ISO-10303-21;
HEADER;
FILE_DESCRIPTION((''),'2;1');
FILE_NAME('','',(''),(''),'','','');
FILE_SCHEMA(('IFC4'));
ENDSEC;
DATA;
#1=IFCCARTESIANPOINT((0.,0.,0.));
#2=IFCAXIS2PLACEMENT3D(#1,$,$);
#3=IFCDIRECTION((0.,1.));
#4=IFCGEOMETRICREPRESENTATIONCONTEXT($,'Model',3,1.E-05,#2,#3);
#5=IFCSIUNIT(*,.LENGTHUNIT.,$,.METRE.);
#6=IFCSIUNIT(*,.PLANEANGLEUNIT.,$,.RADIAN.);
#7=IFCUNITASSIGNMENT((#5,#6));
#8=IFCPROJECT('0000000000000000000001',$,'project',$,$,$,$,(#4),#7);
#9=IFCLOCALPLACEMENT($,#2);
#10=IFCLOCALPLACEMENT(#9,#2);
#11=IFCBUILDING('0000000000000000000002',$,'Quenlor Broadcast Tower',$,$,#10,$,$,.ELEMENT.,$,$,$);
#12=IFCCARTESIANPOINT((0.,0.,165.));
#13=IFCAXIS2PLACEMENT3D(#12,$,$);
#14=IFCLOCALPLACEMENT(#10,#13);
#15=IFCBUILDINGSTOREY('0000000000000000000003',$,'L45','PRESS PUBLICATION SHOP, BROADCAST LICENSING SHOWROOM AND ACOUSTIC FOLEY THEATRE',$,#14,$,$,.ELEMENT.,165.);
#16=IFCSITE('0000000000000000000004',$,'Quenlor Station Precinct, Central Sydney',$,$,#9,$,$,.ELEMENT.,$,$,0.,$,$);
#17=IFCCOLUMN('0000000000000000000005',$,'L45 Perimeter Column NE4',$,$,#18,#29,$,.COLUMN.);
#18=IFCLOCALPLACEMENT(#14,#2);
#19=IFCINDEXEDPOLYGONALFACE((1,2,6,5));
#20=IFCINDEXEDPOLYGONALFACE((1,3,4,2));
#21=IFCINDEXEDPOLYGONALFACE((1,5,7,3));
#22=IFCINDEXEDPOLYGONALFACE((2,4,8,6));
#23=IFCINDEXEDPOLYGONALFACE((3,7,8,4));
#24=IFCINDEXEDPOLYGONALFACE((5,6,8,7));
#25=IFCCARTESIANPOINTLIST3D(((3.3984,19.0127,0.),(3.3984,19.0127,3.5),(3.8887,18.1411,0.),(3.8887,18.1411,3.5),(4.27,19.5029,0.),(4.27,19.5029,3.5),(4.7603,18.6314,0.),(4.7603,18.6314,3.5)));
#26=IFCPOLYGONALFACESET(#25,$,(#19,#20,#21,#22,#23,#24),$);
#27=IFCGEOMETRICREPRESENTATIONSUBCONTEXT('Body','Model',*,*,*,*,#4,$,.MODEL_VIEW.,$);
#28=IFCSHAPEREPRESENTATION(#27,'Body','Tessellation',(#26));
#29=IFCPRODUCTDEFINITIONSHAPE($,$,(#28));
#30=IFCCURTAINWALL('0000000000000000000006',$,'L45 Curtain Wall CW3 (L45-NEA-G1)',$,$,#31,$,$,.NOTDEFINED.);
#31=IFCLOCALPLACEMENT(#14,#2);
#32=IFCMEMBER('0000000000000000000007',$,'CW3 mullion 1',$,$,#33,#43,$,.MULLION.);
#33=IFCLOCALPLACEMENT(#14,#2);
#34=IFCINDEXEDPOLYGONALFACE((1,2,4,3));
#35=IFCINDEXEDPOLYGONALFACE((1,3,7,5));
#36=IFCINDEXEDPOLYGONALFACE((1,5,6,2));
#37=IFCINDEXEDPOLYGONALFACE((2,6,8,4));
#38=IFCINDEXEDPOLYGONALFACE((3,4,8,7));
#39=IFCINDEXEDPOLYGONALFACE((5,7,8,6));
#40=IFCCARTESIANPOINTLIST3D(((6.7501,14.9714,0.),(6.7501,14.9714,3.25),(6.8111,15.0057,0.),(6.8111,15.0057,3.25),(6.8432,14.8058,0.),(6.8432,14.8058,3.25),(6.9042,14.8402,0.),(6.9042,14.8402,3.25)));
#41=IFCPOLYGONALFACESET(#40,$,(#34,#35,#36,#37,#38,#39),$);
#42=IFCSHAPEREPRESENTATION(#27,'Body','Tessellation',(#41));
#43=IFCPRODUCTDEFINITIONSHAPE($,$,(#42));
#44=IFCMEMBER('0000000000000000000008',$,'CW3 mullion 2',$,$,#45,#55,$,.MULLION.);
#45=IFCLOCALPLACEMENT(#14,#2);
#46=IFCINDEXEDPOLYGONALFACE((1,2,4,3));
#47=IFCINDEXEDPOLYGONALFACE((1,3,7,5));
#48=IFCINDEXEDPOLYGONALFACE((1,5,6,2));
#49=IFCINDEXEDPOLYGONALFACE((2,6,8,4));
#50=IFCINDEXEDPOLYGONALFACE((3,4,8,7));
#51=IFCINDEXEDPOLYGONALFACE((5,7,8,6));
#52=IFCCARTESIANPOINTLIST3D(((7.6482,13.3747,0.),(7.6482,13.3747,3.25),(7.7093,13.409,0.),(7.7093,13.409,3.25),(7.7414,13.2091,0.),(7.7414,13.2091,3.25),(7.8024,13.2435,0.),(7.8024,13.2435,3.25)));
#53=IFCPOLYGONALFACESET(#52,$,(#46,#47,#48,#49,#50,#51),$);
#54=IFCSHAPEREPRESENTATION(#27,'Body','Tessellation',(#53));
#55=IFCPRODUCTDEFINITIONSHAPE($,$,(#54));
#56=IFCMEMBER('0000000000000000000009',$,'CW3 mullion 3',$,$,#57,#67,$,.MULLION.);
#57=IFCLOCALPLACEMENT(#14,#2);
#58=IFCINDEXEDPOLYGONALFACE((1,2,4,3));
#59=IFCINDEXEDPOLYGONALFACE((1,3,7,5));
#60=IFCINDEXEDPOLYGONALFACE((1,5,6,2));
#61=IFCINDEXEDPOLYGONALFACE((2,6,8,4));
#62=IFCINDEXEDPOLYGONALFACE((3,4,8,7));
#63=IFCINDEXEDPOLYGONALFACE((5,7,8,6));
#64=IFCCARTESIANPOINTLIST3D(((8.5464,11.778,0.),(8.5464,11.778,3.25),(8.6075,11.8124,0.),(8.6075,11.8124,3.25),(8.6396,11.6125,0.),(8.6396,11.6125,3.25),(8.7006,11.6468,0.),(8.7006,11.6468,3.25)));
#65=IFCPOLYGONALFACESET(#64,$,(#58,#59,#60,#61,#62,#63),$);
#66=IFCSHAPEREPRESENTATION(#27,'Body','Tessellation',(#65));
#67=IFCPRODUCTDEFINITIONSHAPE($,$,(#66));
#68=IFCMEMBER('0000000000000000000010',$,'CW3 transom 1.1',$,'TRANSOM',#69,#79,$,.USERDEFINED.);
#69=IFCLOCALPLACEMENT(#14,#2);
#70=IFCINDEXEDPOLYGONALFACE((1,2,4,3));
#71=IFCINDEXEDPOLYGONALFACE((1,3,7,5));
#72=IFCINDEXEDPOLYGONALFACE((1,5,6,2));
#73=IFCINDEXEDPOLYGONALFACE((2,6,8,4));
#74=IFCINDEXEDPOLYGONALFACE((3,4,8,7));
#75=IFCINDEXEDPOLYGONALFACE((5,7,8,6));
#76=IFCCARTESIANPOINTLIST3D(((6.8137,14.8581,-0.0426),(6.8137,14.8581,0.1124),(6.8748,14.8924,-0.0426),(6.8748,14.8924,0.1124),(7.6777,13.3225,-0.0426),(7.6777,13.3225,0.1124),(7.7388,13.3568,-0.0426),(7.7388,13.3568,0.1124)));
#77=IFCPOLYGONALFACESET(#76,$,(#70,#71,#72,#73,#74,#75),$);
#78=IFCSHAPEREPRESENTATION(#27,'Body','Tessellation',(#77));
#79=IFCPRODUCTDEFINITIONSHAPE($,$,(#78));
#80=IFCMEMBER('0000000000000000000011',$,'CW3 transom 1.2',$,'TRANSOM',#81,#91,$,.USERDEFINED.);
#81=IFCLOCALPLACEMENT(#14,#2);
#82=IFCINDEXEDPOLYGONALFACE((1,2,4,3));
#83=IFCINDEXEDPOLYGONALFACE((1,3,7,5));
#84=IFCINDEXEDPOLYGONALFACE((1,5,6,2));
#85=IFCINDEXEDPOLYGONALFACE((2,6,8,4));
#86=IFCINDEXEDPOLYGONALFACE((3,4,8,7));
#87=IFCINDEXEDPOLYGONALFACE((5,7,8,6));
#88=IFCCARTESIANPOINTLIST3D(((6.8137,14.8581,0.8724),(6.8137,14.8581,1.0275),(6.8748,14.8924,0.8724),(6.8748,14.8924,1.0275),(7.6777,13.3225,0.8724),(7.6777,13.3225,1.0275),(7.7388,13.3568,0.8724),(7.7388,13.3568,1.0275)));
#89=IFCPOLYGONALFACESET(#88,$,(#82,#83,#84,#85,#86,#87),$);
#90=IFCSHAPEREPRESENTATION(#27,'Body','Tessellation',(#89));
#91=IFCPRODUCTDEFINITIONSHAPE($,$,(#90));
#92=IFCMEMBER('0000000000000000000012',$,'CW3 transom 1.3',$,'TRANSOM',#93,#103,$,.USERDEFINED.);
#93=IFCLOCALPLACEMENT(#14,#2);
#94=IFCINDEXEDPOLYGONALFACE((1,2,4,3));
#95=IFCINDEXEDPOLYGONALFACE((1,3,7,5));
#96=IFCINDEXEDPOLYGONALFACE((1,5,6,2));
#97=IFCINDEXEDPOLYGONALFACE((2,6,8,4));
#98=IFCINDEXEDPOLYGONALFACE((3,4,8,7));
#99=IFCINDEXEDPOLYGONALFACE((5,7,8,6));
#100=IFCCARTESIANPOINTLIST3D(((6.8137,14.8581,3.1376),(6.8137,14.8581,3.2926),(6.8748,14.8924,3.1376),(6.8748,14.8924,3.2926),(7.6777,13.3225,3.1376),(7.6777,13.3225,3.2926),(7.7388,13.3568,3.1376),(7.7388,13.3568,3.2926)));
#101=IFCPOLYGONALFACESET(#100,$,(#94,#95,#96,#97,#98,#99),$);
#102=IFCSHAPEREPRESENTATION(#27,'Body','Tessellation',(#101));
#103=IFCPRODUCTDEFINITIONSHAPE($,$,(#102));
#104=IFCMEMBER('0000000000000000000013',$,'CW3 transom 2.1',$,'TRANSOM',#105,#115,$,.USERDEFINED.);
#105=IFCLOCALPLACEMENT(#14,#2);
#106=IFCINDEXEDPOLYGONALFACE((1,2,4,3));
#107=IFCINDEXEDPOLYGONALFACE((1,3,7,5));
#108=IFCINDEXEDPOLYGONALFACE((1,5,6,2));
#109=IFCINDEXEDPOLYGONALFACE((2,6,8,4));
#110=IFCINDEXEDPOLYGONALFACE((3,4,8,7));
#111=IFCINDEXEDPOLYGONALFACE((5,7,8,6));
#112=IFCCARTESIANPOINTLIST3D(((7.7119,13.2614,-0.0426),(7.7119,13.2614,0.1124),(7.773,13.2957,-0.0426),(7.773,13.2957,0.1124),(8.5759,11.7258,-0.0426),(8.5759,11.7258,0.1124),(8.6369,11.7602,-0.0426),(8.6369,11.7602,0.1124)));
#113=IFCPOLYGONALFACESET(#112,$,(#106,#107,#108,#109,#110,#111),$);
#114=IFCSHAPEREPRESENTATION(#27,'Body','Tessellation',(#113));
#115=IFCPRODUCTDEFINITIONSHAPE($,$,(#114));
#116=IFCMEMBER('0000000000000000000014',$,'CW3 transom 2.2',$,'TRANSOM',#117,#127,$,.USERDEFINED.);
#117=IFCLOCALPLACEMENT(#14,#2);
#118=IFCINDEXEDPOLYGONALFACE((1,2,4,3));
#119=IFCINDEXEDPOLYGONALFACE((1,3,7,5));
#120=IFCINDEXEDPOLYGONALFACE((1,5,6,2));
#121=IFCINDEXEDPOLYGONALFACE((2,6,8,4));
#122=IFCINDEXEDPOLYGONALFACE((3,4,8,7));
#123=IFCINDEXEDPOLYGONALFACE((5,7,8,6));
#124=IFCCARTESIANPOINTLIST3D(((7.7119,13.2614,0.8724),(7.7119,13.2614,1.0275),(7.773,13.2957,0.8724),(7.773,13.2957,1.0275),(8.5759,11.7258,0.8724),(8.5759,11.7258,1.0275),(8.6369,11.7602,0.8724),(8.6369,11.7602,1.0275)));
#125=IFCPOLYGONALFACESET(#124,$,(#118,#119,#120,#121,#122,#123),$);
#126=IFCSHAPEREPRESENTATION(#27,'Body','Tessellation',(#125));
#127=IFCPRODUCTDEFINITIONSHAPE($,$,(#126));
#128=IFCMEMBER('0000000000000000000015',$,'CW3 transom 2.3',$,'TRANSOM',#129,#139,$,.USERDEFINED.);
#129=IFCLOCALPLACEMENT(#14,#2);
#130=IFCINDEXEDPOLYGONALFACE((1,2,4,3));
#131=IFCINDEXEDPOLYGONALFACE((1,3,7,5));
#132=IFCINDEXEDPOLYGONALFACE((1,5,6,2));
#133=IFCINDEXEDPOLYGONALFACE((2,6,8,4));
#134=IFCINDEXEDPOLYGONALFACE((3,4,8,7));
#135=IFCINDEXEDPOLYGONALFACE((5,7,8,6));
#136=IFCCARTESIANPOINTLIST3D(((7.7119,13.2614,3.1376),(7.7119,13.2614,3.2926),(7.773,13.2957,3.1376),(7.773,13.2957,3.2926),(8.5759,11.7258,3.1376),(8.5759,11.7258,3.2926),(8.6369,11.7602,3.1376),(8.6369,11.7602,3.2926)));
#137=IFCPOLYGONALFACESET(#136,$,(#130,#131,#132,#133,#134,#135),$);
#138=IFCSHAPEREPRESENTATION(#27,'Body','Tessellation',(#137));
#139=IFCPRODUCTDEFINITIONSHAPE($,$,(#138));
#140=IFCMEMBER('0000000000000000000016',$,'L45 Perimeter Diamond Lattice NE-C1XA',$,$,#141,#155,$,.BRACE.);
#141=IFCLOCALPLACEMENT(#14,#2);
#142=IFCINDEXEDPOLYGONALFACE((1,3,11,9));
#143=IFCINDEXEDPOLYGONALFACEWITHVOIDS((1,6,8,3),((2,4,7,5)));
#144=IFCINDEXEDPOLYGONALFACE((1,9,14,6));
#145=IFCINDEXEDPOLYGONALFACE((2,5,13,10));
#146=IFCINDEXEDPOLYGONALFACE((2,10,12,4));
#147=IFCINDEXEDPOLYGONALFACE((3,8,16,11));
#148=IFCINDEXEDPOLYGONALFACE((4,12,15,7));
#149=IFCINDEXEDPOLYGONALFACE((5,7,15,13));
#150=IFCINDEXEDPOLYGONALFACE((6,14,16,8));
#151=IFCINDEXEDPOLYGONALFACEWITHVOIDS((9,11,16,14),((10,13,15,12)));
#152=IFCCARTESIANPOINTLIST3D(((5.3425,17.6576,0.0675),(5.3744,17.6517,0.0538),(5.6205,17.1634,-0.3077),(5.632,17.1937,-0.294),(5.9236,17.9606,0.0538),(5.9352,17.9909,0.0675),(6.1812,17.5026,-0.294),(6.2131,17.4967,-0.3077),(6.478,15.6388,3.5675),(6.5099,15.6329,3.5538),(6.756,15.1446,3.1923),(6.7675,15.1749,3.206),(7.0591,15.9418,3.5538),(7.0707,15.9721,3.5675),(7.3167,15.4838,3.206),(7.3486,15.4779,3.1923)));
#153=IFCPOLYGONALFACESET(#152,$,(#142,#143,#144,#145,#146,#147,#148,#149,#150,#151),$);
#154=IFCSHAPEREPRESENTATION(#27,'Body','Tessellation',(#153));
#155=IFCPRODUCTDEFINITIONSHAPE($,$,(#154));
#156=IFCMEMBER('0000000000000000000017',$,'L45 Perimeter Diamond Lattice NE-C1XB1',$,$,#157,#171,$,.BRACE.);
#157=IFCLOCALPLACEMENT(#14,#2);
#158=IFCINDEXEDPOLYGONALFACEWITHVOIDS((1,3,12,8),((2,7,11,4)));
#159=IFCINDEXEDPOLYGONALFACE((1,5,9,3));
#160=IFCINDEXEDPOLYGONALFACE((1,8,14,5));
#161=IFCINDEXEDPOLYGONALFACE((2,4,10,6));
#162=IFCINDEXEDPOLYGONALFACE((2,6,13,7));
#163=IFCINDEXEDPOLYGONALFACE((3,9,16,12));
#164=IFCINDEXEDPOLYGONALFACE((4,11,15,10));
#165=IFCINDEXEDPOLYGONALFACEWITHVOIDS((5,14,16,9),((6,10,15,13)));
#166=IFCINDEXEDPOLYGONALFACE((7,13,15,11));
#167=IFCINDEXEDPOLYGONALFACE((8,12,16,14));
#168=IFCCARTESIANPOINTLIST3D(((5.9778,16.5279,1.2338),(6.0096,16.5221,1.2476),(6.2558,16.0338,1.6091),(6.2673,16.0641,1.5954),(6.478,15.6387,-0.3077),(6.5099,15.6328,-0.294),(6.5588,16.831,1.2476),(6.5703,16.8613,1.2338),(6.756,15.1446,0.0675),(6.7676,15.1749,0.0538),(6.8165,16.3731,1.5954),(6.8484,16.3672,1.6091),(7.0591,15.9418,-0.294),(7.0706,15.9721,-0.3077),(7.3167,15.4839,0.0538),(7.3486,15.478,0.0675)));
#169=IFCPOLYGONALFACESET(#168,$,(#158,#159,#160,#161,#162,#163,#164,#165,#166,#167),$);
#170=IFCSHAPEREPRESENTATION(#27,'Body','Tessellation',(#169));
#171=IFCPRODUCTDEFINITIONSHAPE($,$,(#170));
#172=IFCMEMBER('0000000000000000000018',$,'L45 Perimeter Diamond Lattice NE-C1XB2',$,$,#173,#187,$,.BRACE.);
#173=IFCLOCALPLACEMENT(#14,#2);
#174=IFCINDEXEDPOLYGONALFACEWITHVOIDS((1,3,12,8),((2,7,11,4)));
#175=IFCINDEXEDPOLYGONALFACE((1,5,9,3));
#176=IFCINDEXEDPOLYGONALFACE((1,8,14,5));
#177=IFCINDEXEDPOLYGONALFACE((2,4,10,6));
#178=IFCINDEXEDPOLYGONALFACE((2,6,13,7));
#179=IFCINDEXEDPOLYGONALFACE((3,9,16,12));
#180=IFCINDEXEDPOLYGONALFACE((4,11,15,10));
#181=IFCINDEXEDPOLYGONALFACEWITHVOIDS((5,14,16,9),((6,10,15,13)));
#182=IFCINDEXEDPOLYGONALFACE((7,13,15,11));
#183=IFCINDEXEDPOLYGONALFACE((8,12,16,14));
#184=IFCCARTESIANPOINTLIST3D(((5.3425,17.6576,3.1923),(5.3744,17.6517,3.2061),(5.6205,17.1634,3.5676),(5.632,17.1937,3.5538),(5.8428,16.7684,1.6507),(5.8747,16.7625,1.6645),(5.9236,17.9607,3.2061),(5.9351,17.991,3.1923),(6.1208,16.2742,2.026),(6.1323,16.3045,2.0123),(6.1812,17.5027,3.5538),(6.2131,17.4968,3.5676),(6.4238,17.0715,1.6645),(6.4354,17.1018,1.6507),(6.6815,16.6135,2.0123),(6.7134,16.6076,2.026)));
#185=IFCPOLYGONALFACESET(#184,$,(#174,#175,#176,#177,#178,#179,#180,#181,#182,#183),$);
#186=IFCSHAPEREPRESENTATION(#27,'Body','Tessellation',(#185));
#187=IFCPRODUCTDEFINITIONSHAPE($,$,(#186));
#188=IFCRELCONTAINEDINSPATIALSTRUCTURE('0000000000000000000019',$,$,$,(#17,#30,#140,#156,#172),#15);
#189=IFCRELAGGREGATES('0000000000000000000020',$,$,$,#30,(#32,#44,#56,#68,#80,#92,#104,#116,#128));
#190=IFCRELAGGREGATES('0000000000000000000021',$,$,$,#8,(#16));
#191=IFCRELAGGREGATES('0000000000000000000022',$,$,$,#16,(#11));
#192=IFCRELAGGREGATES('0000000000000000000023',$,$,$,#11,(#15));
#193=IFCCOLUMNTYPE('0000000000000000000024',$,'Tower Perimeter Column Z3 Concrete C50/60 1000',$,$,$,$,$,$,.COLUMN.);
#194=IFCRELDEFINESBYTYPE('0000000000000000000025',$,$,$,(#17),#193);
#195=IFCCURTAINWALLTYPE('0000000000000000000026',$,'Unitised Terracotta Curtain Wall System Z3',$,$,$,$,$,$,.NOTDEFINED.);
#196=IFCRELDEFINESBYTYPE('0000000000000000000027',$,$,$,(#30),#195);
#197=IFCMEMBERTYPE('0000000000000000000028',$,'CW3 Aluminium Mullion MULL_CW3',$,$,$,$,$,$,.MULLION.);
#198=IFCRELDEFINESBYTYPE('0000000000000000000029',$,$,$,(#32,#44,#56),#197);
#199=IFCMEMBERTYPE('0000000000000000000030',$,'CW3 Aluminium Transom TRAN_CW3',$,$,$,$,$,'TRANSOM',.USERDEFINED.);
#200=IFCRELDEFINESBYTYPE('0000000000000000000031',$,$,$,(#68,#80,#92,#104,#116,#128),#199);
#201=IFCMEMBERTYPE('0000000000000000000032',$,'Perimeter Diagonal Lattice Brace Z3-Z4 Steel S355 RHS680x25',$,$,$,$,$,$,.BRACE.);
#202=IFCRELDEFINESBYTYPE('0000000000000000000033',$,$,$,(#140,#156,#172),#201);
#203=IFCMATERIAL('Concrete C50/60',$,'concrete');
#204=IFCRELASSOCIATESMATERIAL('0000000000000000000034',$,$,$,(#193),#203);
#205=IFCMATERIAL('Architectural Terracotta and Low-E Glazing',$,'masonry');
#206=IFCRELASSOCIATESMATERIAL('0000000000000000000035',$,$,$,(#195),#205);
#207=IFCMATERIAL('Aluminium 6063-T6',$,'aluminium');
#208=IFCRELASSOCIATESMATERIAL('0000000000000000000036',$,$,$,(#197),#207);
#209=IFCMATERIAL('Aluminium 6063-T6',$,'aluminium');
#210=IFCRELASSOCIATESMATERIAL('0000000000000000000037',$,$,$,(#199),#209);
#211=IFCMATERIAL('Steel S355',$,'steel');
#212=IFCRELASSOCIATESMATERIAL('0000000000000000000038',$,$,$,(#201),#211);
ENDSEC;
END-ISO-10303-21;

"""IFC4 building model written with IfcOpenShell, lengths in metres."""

from ifc_helpers import new_model, si_unit, direction, frame, origin, origin_2d, place, context, subcontext, project, spatial, rectangle, hollow_rectangle, extrude, material, material_profile, profile_set, type_object, element, aggregate, save


model = new_model("IFC4")

# Units and contexts
model_context = context("Model", 3, precision=1e-05, world=origin(), true_north=direction((0.0, 1.0)))
body_context = subcontext(model_context, "Body", "Model", "MODEL_VIEW")
ifc_project = project(units=[si_unit("LENGTHUNIT", "METRE"), si_unit("PLANEANGLEUNIT", "RADIAN")], contexts=[model_context])

# Site, building, storey
site_placement = place(None, origin())
site = spatial("IfcSite", under=ifc_project, at=site_placement, Name="Quenlor Station Precinct, Central Sydney", CompositionType="ELEMENT", RefElevation=0.0)
building_placement = place(site_placement, origin())
building = spatial("IfcBuilding", under=site, at=building_placement, Name="Quenlor Broadcast Tower", CompositionType="ELEMENT")
storey_placement = place(building_placement, frame((0.0, 0.0, 165.0)))
storey = spatial("IfcBuildingStorey", under=building, at=storey_placement, Name="L45", Description="PRESS PUBLICATION SHOP, BROADCAST LICENSING SHOWROOM AND ACOUSTIC FOLEY THEATRE", CompositionType="ELEMENT", Elevation=165.0)

# Column
ifc_material_1 = material(Name="Concrete C50/60", Category="concrete")
ifc_material_profile_1 = material_profile(ifc_material_1, rectangle(XDim=1.0, YDim=1.0, at=origin_2d()))
ifc_profile_set_1 = profile_set([ifc_material_profile_1], Name="Concrete C50/60 RC1000x1000")
column_type = type_object("IfcColumnType", Name="Tower Perimeter Column Z3 Concrete C50/60 1000", PredefinedType="COLUMN", material=ifc_profile_set_1)
column_placement = place(storey_placement, frame((4.0793, 18.822, 0.0), z_axis=(0.0, 0.0, 1.0), x_axis=(0.871575, 0.490262, 0.0)))
element("IfcColumn", 1, at=column_placement, inside=storey, type_object=column_type, Name="L45 Perimeter Column NE4", PredefinedType="COLUMN", context=body_context, shape_type="SweptSolid", body=[
    extrude(rectangle(XDim=1.0, YDim=1.0, at=origin_2d()), origin(), (0.0, 0.0, 1.0), 3.5),
])

# Curtain wall, members
ifc_material_2 = material(Name="Architectural Terracotta and Low-E Glazing", Category="masonry")
curtain_wall_type = type_object("IfcCurtainWallType", Name="Unitised Terracotta Curtain Wall System Z3", PredefinedType="NOTDEFINED", material=ifc_material_2)
curtain_wall_placement = place(storey_placement, origin())
curtain_wall = element("IfcCurtainWall", 2, at=curtain_wall_placement, inside=storey, type_object=curtain_wall_type, Name="L45 Curtain Wall CW3 (L45-NEA-G1)", PredefinedType="NOTDEFINED")
ifc_material_3 = material(Name="Aluminium 6063-T6", Category="aluminium")
ifc_material_profile_2 = material_profile(ifc_material_3, rectangle(XDim=0.0701, YDim=0.1899, at=origin_2d()))
ifc_profile_set_2 = profile_set([ifc_material_profile_2], Name="Aluminium 6063-T6 MULL70x190")
member_type_1 = type_object("IfcMemberType", Name="CW3 Aluminium Mullion MULL_CW3", PredefinedType="MULLION", material=ifc_profile_set_2)
member_1_placement = place(storey_placement, frame((6.8271, 14.9058, 0.0), z_axis=(0.0, 0.0, 1.0), x_axis=(0.871571, 0.49027, 0.0)))
member_1 = element("IfcMember", 3, at=member_1_placement, type_object=member_type_1, Name="CW3 mullion 1", PredefinedType="MULLION", context=body_context, shape_type="SweptSolid", body=[
    extrude(rectangle(XDim=0.0701, YDim=0.1899, at=origin_2d()), origin(), (0.0, 0.0, 1.0), 3.25),
])
member_2_placement = place(storey_placement, frame((7.7253, 13.3091, 0.0), z_axis=(0.0, 0.0, 1.0), x_axis=(0.871571, 0.49027, 0.0)))
member_2 = element("IfcMember", 4, at=member_2_placement, type_object=member_type_1, Name="CW3 mullion 2", PredefinedType="MULLION", context=body_context, shape_type="SweptSolid", body=[
    extrude(rectangle(XDim=0.0701, YDim=0.1899, at=origin_2d()), origin(), (0.0, 0.0, 1.0), 3.25),
])
member_3_placement = place(storey_placement, frame((8.6235, 11.7124, 0.0), z_axis=(0.0, 0.0, 1.0), x_axis=(0.871571, 0.49027, 0.0)))
member_3 = element("IfcMember", 5, at=member_3_placement, type_object=member_type_1, Name="CW3 mullion 3", PredefinedType="MULLION", context=body_context, shape_type="SweptSolid", body=[
    extrude(rectangle(XDim=0.0701, YDim=0.1899, at=origin_2d()), origin(), (0.0, 0.0, 1.0), 3.25),
])
ifc_material_4 = material(Name="Aluminium 6063-T6", Category="aluminium")
ifc_material_profile_3 = material_profile(ifc_material_4, rectangle(XDim=0.0701, YDim=0.155, at=origin_2d()))
ifc_profile_set_3 = profile_set([ifc_material_profile_3], Name="Aluminium 6063-T6 TRAN70x155")
member_type_2 = type_object("IfcMemberType", Name="CW3 Aluminium Transom TRAN_CW3", ElementType="TRANSOM", PredefinedType="USERDEFINED", material=ifc_profile_set_3)
member_4_placement = place(storey_placement, frame((6.8442, 14.8752, 0.0349), z_axis=(0.490353, -0.871524, 0.0), x_axis=(0.871524, 0.490353, 0.0)))
member_4 = element("IfcMember", 6, at=member_4_placement, type_object=member_type_2, Name="CW3 transom 1.1", ObjectType="TRANSOM", PredefinedType="USERDEFINED", context=body_context, shape_type="SweptSolid", body=[
    extrude(rectangle(XDim=0.0701, YDim=0.155, at=origin_2d()), origin(), (0.0, 0.0, 1.0), 1.762),
])
member_5_placement = place(storey_placement, frame((6.8442, 14.8752, 0.95), z_axis=(0.490353, -0.871524, 0.0), x_axis=(0.871524, 0.490353, 0.0)))
member_5 = element("IfcMember", 7, at=member_5_placement, type_object=member_type_2, Name="CW3 transom 1.2", ObjectType="TRANSOM", PredefinedType="USERDEFINED", context=body_context, shape_type="SweptSolid", body=[
    extrude(rectangle(XDim=0.0701, YDim=0.155, at=origin_2d()), origin(), (0.0, 0.0, 1.0), 1.762),
])
member_6_placement = place(storey_placement, frame((6.8442, 14.8752, 3.2151), z_axis=(0.490353, -0.871524, 0.0), x_axis=(0.871524, 0.490353, 0.0)))
member_6 = element("IfcMember", 8, at=member_6_placement, type_object=member_type_2, Name="CW3 transom 1.3", ObjectType="TRANSOM", PredefinedType="USERDEFINED", context=body_context, shape_type="SweptSolid", body=[
    extrude(rectangle(XDim=0.0701, YDim=0.155, at=origin_2d()), origin(), (0.0, 0.0, 1.0), 1.762),
])
member_7_placement = place(storey_placement, frame((7.7424, 13.2786, 0.0349), z_axis=(0.490353, -0.871524, 0.0), x_axis=(0.871524, 0.490353, 0.0)))
member_7 = element("IfcMember", 9, at=member_7_placement, type_object=member_type_2, Name="CW3 transom 2.1", ObjectType="TRANSOM", PredefinedType="USERDEFINED", context=body_context, shape_type="SweptSolid", body=[
    extrude(rectangle(XDim=0.0701, YDim=0.155, at=origin_2d()), origin(), (0.0, 0.0, 1.0), 1.762),
])
member_8_placement = place(storey_placement, frame((7.7424, 13.2786, 0.95), z_axis=(0.490353, -0.871524, 0.0), x_axis=(0.871524, 0.490353, 0.0)))
member_8 = element("IfcMember", 10, at=member_8_placement, type_object=member_type_2, Name="CW3 transom 2.2", ObjectType="TRANSOM", PredefinedType="USERDEFINED", context=body_context, shape_type="SweptSolid", body=[
    extrude(rectangle(XDim=0.0701, YDim=0.155, at=origin_2d()), origin(), (0.0, 0.0, 1.0), 1.762),
])
member_9_placement = place(storey_placement, frame((7.7424, 13.2786, 3.2151), z_axis=(0.490353, -0.871524, 0.0), x_axis=(0.871524, 0.490353, 0.0)))
member_9 = element("IfcMember", 11, at=member_9_placement, type_object=member_type_2, Name="CW3 transom 2.3", ObjectType="TRANSOM", PredefinedType="USERDEFINED", context=body_context, shape_type="SweptSolid", body=[
    extrude(rectangle(XDim=0.0701, YDim=0.155, at=origin_2d()), origin(), (0.0, 0.0, 1.0), 1.762),
])

# Members
ifc_material_5 = material(Name="Steel S355", Category="steel")
ifc_material_profile_4 = material_profile(ifc_material_5, hollow_rectangle(XDim=0.6799, YDim=0.6799, WallThickness=0.0249, at=origin_2d()))
ifc_profile_set_4 = profile_set([ifc_material_profile_4], Name="Steel S355 RHS680x680x25")
member_type_3 = type_object("IfcMemberType", Name="Perimeter Diagonal Lattice Brace Z3-Z4 Steel S355 RHS680x25", PredefinedType="BRACE", material=ifc_profile_set_4)
member_10_placement = place(storey_placement, frame((5.7778, 17.5771, -0.1201), z_axis=(0.270549, -0.481009, 0.833927), x_axis=(0.87159, 0.490236, 0.0)))
element("IfcMember", 12, at=member_10_placement, inside=storey, type_object=member_type_3, Name="L45 Perimeter Diamond Lattice NE-C1XA", PredefinedType="BRACE", context=body_context, shape_type="SweptSolid", body=[
    extrude(hollow_rectangle(XDim=0.6799, YDim=0.6799, WallThickness=0.0249, at=origin_2d()), origin(), (0.0, 0.0, 1.0), 4.197),
])
for number, where, z_axis, x_axis, name in (
    (13, (6.9133, 15.5583, -0.1201), (-0.270616, 0.481008, 0.833905), (-0.871537, -0.490329, 0.0), "L45 Perimeter Diamond Lattice NE-C1XB1"),
    (14, (6.2781, 16.688, 1.8384), (-0.270616, 0.481008, 0.833905), (-0.871537, -0.490329, 0.0), "L45 Perimeter Diamond Lattice NE-C1XB2"),
):
    element("IfcMember", number, at=place(storey_placement, frame(where, z_axis=z_axis, x_axis=x_axis)), inside=storey, type_object=member_type_3, Name=name, PredefinedType="BRACE", context=body_context, shape_type="SweptSolid", body=[
        extrude(hollow_rectangle(XDim=0.6799, YDim=0.6799, WallThickness=0.0249, at=origin_2d()), origin(), (0.0, 0.0, 1.0), 1.8486),
    ])

aggregate(curtain_wall, [member_1, member_2, member_3, member_4, member_5, member_6, member_7, member_8, member_9])

save(model, "model.ifc")
